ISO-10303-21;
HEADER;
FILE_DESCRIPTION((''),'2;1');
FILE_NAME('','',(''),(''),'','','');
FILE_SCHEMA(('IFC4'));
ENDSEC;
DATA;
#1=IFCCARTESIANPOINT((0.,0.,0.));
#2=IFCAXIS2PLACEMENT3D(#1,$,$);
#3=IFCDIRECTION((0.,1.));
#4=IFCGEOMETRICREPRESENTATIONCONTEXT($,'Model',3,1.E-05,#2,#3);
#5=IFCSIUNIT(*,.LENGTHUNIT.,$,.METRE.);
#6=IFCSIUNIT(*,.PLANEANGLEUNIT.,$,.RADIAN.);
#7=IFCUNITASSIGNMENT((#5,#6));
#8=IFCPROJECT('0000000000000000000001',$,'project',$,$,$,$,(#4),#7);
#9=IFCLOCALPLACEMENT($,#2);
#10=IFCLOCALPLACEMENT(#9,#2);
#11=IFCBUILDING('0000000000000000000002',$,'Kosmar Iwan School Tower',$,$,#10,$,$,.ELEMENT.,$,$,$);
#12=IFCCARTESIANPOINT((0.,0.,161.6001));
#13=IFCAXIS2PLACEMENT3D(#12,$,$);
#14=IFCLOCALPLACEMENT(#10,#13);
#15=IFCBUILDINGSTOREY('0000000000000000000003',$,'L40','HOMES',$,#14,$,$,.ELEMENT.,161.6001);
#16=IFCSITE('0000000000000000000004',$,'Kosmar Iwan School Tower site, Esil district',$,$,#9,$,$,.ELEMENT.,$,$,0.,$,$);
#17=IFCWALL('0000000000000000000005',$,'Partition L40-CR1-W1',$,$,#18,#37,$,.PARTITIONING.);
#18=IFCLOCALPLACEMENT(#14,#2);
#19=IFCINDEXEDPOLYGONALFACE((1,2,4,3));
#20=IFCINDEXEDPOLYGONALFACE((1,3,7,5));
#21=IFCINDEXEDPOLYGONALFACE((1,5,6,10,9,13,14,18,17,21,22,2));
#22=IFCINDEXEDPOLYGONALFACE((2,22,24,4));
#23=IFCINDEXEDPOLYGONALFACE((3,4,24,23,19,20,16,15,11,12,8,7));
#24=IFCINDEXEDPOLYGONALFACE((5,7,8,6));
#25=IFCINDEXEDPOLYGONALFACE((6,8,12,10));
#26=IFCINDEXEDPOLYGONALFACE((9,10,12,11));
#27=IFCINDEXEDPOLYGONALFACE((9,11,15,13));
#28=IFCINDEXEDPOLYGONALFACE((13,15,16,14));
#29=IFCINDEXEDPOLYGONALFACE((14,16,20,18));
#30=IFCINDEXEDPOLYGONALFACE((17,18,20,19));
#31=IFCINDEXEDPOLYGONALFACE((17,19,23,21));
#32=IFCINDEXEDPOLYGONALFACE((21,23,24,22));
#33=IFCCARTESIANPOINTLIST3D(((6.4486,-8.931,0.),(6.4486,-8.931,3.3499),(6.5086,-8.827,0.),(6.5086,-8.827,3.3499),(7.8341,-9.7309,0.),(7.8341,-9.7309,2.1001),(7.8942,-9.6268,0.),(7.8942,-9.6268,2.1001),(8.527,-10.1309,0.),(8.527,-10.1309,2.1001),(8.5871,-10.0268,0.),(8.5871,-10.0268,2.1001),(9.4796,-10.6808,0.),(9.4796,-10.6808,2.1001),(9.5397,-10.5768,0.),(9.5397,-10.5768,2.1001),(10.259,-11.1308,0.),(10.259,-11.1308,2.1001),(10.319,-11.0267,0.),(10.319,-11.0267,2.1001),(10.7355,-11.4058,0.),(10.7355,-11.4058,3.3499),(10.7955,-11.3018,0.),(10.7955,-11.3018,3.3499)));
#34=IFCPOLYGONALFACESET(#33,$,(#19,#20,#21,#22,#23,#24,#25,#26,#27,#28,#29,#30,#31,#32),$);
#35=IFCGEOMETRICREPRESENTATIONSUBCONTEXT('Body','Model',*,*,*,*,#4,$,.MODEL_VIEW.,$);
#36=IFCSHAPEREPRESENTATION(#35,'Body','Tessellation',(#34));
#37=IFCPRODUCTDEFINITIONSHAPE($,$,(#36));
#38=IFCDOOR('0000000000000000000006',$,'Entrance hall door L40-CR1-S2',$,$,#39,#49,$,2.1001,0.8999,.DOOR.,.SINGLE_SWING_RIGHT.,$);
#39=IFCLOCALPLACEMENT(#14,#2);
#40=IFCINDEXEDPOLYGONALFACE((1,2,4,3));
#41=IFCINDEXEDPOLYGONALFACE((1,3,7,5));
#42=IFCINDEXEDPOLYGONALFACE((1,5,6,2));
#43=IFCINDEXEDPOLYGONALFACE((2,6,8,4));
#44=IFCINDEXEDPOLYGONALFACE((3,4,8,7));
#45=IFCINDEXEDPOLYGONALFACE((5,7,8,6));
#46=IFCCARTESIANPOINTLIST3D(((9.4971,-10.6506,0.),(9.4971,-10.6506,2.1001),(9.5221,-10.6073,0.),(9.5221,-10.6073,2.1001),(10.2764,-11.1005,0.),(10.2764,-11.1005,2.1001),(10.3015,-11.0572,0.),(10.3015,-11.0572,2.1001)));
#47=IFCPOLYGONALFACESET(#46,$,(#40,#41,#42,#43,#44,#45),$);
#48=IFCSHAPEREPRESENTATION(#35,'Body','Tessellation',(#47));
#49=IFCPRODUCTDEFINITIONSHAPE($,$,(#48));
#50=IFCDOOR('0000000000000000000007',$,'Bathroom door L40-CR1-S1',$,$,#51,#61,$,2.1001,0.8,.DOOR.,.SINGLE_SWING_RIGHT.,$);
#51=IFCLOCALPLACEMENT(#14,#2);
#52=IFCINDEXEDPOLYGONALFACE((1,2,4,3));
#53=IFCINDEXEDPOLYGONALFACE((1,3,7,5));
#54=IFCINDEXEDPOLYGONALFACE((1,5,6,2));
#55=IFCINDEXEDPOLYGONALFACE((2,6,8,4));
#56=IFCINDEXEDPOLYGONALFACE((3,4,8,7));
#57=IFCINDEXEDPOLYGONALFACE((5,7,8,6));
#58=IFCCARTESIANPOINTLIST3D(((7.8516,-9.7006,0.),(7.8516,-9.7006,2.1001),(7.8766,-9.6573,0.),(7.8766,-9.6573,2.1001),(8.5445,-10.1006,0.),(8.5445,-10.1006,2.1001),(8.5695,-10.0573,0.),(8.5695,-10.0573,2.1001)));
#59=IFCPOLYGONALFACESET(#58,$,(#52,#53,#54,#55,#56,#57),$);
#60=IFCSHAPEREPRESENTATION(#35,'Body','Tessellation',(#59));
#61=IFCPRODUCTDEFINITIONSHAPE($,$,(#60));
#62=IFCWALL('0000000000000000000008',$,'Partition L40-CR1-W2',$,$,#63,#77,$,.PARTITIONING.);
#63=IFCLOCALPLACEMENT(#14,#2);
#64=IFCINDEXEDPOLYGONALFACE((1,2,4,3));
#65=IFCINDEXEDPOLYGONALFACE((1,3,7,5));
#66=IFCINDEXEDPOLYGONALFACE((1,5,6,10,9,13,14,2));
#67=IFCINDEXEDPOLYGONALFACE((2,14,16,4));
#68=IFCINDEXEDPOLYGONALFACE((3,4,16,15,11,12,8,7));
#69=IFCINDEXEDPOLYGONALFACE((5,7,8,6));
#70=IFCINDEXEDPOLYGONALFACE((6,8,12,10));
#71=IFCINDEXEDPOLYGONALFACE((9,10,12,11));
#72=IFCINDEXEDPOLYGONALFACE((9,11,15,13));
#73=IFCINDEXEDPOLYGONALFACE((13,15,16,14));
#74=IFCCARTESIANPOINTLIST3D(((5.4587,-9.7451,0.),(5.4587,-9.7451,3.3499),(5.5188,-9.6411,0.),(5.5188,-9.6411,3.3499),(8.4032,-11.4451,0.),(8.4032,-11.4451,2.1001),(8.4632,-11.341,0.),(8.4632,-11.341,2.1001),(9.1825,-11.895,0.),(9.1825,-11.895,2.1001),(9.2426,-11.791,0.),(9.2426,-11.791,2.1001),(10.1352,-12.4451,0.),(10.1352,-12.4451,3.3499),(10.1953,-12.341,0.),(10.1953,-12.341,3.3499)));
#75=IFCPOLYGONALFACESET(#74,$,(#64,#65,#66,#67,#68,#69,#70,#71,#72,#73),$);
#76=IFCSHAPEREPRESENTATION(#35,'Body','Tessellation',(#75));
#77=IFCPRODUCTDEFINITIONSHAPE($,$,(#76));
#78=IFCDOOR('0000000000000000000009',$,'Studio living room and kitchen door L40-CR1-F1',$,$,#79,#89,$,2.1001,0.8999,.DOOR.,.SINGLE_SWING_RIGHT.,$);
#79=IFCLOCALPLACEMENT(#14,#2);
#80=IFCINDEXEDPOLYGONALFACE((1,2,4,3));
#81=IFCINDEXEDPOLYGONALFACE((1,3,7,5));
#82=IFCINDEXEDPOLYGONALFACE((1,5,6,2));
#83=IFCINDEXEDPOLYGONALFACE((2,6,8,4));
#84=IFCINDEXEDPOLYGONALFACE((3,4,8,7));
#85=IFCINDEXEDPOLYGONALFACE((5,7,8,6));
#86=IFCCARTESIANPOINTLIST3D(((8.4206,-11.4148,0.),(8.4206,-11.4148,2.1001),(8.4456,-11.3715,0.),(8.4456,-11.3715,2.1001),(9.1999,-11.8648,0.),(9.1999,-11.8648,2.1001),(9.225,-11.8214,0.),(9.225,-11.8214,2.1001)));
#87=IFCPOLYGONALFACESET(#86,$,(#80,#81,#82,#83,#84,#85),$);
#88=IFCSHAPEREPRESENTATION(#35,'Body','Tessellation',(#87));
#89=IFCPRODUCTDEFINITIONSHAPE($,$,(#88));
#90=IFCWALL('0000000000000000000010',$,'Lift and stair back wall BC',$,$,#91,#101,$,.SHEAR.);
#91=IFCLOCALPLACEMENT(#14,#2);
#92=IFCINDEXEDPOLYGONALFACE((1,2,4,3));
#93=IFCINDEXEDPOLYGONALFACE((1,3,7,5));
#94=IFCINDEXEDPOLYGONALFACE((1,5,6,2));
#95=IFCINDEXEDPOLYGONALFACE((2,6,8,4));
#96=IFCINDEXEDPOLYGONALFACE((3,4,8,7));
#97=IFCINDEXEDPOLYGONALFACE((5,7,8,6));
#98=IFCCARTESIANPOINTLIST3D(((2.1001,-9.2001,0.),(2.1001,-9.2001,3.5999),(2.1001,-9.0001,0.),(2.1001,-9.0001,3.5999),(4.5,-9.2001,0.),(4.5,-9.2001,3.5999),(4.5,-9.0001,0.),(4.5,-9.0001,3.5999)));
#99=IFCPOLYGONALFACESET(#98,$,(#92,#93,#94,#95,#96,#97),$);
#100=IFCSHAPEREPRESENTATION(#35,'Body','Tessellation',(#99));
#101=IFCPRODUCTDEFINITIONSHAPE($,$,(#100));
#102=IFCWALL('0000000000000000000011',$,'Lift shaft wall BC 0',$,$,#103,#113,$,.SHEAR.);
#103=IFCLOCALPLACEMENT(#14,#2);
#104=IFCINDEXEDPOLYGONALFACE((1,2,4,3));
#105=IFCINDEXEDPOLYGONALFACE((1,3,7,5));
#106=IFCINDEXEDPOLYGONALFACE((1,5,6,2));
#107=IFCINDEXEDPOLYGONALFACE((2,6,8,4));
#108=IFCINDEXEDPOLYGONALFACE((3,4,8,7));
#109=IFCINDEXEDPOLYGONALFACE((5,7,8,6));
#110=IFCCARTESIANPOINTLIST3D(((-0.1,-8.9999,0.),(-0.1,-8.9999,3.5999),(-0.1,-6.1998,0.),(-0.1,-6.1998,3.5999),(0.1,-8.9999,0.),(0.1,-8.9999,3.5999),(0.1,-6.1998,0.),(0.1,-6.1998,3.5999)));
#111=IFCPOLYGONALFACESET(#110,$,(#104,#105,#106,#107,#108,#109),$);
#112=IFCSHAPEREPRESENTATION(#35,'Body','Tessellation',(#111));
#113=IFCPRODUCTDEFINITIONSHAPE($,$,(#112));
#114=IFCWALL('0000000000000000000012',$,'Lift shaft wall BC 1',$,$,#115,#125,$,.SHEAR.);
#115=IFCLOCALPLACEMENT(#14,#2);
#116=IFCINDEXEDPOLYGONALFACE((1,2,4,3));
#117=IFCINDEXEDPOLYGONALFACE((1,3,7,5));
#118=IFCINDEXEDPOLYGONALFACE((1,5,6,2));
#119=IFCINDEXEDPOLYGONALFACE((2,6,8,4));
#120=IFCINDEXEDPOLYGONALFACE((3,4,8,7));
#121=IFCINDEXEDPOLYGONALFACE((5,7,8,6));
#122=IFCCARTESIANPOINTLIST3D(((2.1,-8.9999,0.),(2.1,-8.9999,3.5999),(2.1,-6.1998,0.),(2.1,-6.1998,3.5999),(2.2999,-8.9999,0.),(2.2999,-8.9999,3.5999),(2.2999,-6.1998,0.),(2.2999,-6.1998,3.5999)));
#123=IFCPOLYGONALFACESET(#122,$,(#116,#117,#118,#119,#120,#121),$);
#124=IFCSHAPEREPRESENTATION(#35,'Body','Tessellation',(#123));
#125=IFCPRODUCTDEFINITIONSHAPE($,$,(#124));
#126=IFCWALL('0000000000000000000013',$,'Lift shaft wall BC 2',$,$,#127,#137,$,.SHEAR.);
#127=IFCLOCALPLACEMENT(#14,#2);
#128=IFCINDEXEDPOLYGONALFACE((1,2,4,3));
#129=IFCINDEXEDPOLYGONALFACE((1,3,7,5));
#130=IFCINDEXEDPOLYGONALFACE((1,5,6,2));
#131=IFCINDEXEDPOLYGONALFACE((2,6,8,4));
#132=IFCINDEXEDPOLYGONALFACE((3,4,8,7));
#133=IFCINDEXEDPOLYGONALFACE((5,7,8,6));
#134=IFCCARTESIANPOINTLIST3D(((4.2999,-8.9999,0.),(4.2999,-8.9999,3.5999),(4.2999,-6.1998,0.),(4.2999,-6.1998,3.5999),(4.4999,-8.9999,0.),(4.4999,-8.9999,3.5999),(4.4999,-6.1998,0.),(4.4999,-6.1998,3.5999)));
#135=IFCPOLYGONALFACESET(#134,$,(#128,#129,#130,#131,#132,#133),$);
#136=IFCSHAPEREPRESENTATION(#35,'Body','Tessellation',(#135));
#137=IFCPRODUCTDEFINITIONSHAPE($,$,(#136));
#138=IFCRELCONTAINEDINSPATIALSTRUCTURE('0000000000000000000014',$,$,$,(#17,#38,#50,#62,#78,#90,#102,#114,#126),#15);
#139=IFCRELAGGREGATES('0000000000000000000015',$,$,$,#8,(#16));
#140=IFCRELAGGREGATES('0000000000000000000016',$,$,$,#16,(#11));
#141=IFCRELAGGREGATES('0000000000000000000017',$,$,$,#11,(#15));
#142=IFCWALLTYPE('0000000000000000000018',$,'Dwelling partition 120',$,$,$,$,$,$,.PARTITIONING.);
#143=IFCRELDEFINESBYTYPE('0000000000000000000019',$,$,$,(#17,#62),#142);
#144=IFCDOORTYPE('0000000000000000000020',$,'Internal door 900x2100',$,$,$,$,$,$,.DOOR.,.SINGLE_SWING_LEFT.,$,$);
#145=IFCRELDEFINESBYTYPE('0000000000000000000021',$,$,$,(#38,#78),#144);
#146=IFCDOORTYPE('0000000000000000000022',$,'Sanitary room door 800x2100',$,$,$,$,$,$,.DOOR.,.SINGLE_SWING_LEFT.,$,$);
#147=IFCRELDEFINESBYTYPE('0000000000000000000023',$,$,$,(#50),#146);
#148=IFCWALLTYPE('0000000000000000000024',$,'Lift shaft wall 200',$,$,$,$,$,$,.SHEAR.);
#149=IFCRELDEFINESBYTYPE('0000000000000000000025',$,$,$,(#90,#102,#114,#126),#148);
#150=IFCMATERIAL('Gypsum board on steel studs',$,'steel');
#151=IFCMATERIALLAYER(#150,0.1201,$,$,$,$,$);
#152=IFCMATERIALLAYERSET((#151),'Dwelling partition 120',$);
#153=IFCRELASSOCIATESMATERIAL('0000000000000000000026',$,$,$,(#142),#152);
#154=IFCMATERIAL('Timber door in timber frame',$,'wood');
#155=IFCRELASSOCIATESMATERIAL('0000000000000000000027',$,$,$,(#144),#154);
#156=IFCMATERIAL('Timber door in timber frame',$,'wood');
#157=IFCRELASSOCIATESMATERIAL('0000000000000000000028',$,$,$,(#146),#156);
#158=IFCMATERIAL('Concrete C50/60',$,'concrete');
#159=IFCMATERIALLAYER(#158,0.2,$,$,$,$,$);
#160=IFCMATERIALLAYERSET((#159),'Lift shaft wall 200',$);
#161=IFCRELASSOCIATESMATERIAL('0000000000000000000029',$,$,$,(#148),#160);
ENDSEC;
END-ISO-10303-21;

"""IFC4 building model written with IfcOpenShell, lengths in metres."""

from ifc_helpers import new_model, si_unit, direction, frame, frame_2d, origin, place, context, subcontext, project, spatial, rectangle, extrude, material, layer, layer_set, type_object, element, fill, save


model = new_model("IFC4")

# Units and contexts
model_context = context("Model", 3, precision=1e-05, world=origin(), true_north=direction((0.0, 1.0)))
body_context = subcontext(model_context, "Body", "Model", "MODEL_VIEW")
ifc_project = project(units=[si_unit("LENGTHUNIT", "METRE"), si_unit("PLANEANGLEUNIT", "RADIAN")], contexts=[model_context])

# Site, building, storey
site_placement = place(None, origin())
site = spatial("IfcSite", under=ifc_project, at=site_placement, Name="Kosmar Iwan School Tower site, Esil district", CompositionType="ELEMENT", RefElevation=0.0)
building_placement = place(site_placement, origin())
building = spatial("IfcBuilding", under=site, at=building_placement, Name="Kosmar Iwan School Tower", CompositionType="ELEMENT")
storey_placement = place(building_placement, frame((0.0, 0.0, 161.6001)))
storey = spatial("IfcBuildingStorey", under=building, at=storey_placement, Name="L40", Description="HOMES", CompositionType="ELEMENT", Elevation=161.6001)

# Wall, openings, doors
ifc_material_1 = material(Name="Gypsum board on steel studs", Category="steel")
ifc_layer_1 = layer(ifc_material_1, 0.1201)
ifc_layer_set_1 = layer_set([ifc_layer_1], Name="Dwelling partition 120")
wall_type_1 = type_object("IfcWallType", Name="Dwelling partition 120", PredefinedType="PARTITIONING", material=ifc_layer_set_1)
wall_1_placement = place(storey_placement, frame((6.4785, -8.8789, 0.0), z_axis=(0.0, 0.0, 1.0), x_axis=(0.86604, -0.499974, 0.0)))
wall_1 = element("IfcWall", 1, at=wall_1_placement, inside=storey, type_object=wall_type_1, Name="Partition L40-CR1-W1", PredefinedType="PARTITIONING", context=body_context, shape_type="SweptSolid", body=[
    extrude(rectangle(XDim=4.95, YDim=0.1201, at=frame_2d((2.4751, 0.0))), origin(), (0.0, 0.0, 1.0), 3.3499),
])
opening_1_placement = place(wall_1_placement, frame((1.6001, 0.0, 0.0)))
opening_1 = element("IfcOpeningElement", 2, at=opening_1_placement, cuts=wall_1, PredefinedType="OPENING", context=body_context, shape_type="SweptSolid", body=[
    extrude(rectangle(XDim=0.8, YDim=2.1001, at=frame_2d((0.3999, 1.05))), frame((0.0, 0.072, 0.0), z_axis=(0.0, -1.0, 0.0), x_axis=(1.0, 0.0, 0.0)), (0.0, 0.0, 1.0), 0.144),
])
opening_2_placement = place(wall_1_placement, frame((3.5, 0.0, 0.0)))
opening_2 = element("IfcOpeningElement", 3, at=opening_2_placement, cuts=wall_1, PredefinedType="OPENING", context=body_context, shape_type="SweptSolid", body=[
    extrude(rectangle(XDim=0.8999, YDim=2.1001, at=frame_2d((0.45, 1.05))), frame((0.0, 0.072, 0.0), z_axis=(0.0, -1.0, 0.0), x_axis=(1.0, 0.0, 0.0)), (0.0, 0.0, 1.0), 0.144),
])
ifc_material_2 = material(Name="Timber door in timber frame", Category="wood")
door_type_1 = type_object("IfcDoorType", Name="Internal door 900x2100", OperationType="SINGLE_SWING_LEFT", PredefinedType="DOOR", material=ifc_material_2)
door_1_placement = place(opening_2_placement, origin())
door_1 = element("IfcDoor", 4, at=door_1_placement, inside=storey, type_object=door_type_1, Name="Entrance hall door L40-CR1-S2", OperationType="SINGLE_SWING_RIGHT", OverallHeight=2.1001, OverallWidth=0.8999, PredefinedType="DOOR", context=body_context, shape_type="SweptSolid", body=[
    extrude(rectangle(XDim=0.8999, YDim=2.1001, at=frame_2d((0.45, 1.05))), frame((0.0, 0.0249, 0.0), z_axis=(0.0, -1.0, 0.0), x_axis=(1.0, 0.0, 0.0)), (0.0, 0.0, 1.0), 0.05),
])
fill(opening_2, door_1)
ifc_material_3 = material(Name="Timber door in timber frame", Category="wood")
door_type_2 = type_object("IfcDoorType", Name="Sanitary room door 800x2100", OperationType="SINGLE_SWING_LEFT", PredefinedType="DOOR", material=ifc_material_3)
door_2_placement = place(opening_1_placement, origin())
door_2 = element("IfcDoor", 5, at=door_2_placement, inside=storey, type_object=door_type_2, Name="Bathroom door L40-CR1-S1", OperationType="SINGLE_SWING_RIGHT", OverallHeight=2.1001, OverallWidth=0.8, PredefinedType="DOOR", context=body_context, shape_type="SweptSolid", body=[
    extrude(rectangle(XDim=0.8, YDim=2.1001, at=frame_2d((0.3999, 1.05))), frame((0.0, 0.0249, 0.0), z_axis=(0.0, -1.0, 0.0), x_axis=(1.0, 0.0, 0.0)), (0.0, 0.0, 1.0), 0.05),
])
fill(opening_1, door_2)

# Wall, opening, door
wall_2_placement = place(storey_placement, frame((5.4888, -9.6931, 0.0), z_axis=(0.0, 0.0, 1.0), x_axis=(0.866028, -0.499995, 0.0)))
wall_2 = element("IfcWall", 6, at=wall_2_placement, inside=storey, type_object=wall_type_1, Name="Partition L40-CR1-W2", PredefinedType="PARTITIONING", context=body_context, shape_type="SweptSolid", body=[
    extrude(rectangle(XDim=5.3999, YDim=0.1201, at=frame_2d((2.7, 0.0))), origin(), (0.0, 0.0, 1.0), 3.3499),
])
opening_3_placement = place(wall_2_placement, frame((3.3999, 0.0, 0.0)))
opening_3 = element("IfcOpeningElement", 7, at=opening_3_placement, cuts=wall_2, PredefinedType="OPENING", context=body_context, shape_type="SweptSolid", body=[
    extrude(rectangle(XDim=0.8999, YDim=2.1001, at=frame_2d((0.45, 1.05))), frame((0.0, 0.072, 0.0), z_axis=(0.0, -1.0, 0.0), x_axis=(1.0, 0.0, 0.0)), (0.0, 0.0, 1.0), 0.144),
])
door_3_placement = place(opening_3_placement, origin())
door_3 = element("IfcDoor", 8, at=door_3_placement, inside=storey, type_object=door_type_1, Name="Studio living room and kitchen door L40-CR1-F1", OperationType="SINGLE_SWING_RIGHT", OverallHeight=2.1001, OverallWidth=0.8999, PredefinedType="DOOR", context=body_context, shape_type="SweptSolid", body=[
    extrude(rectangle(XDim=0.8999, YDim=2.1001, at=frame_2d((0.45, 1.05))), frame((0.0, 0.0249, 0.0), z_axis=(0.0, -1.0, 0.0), x_axis=(1.0, 0.0, 0.0)), (0.0, 0.0, 1.0), 0.05),
])
fill(opening_3, door_3)

# Walls
ifc_material_4 = material(Name="Concrete C50/60", Category="concrete")
ifc_layer_2 = layer(ifc_material_4, 0.2)
ifc_layer_set_2 = layer_set([ifc_layer_2], Name="Lift shaft wall 200")
wall_type_2 = type_object("IfcWallType", Name="Lift shaft wall 200", PredefinedType="SHEAR", material=ifc_layer_set_2)
wall_3_placement = place(storey_placement, frame((2.1001, -9.1001, 0.0), z_axis=(0.0, 0.0, 1.0), x_axis=(1.0, 0.0, 0.0)))
element("IfcWall", 9, at=wall_3_placement, inside=storey, type_object=wall_type_2, Name="Lift and stair back wall BC", PredefinedType="SHEAR", context=body_context, shape_type="SweptSolid", body=[
    extrude(rectangle(XDim=2.3999, YDim=0.2, at=frame_2d((1.2, 0.0))), origin(), (0.0, 0.0, 1.0), 3.5999),
])
for number, where, z_axis, x_axis, name in (
    (10, (0.0, -6.2, 0.0), (0.0, 0.0, 1.0), (0.0, -1.0, 0.0), "Lift shaft wall BC 0"),
    (11, (2.2, -6.2, 0.0), (0.0, 0.0, 1.0), (0.0, -1.0, 0.0), "Lift shaft wall BC 1"),
    (12, (4.3999, -6.2, 0.0), (0.0, 0.0, 1.0), (0.0, -1.0, 0.0), "Lift shaft wall BC 2"),
):
    element("IfcWall", number, at=place(storey_placement, frame(where, z_axis=z_axis, x_axis=x_axis)), inside=storey, type_object=wall_type_2, Name=name, PredefinedType="SHEAR", context=body_context, shape_type="SweptSolid", body=[
        extrude(rectangle(XDim=2.8, YDim=0.2, at=frame_2d((1.3999, 0.0))), origin(), (0.0, 0.0, 1.0), 3.5999),
    ])

save(model, "model.ifc")
